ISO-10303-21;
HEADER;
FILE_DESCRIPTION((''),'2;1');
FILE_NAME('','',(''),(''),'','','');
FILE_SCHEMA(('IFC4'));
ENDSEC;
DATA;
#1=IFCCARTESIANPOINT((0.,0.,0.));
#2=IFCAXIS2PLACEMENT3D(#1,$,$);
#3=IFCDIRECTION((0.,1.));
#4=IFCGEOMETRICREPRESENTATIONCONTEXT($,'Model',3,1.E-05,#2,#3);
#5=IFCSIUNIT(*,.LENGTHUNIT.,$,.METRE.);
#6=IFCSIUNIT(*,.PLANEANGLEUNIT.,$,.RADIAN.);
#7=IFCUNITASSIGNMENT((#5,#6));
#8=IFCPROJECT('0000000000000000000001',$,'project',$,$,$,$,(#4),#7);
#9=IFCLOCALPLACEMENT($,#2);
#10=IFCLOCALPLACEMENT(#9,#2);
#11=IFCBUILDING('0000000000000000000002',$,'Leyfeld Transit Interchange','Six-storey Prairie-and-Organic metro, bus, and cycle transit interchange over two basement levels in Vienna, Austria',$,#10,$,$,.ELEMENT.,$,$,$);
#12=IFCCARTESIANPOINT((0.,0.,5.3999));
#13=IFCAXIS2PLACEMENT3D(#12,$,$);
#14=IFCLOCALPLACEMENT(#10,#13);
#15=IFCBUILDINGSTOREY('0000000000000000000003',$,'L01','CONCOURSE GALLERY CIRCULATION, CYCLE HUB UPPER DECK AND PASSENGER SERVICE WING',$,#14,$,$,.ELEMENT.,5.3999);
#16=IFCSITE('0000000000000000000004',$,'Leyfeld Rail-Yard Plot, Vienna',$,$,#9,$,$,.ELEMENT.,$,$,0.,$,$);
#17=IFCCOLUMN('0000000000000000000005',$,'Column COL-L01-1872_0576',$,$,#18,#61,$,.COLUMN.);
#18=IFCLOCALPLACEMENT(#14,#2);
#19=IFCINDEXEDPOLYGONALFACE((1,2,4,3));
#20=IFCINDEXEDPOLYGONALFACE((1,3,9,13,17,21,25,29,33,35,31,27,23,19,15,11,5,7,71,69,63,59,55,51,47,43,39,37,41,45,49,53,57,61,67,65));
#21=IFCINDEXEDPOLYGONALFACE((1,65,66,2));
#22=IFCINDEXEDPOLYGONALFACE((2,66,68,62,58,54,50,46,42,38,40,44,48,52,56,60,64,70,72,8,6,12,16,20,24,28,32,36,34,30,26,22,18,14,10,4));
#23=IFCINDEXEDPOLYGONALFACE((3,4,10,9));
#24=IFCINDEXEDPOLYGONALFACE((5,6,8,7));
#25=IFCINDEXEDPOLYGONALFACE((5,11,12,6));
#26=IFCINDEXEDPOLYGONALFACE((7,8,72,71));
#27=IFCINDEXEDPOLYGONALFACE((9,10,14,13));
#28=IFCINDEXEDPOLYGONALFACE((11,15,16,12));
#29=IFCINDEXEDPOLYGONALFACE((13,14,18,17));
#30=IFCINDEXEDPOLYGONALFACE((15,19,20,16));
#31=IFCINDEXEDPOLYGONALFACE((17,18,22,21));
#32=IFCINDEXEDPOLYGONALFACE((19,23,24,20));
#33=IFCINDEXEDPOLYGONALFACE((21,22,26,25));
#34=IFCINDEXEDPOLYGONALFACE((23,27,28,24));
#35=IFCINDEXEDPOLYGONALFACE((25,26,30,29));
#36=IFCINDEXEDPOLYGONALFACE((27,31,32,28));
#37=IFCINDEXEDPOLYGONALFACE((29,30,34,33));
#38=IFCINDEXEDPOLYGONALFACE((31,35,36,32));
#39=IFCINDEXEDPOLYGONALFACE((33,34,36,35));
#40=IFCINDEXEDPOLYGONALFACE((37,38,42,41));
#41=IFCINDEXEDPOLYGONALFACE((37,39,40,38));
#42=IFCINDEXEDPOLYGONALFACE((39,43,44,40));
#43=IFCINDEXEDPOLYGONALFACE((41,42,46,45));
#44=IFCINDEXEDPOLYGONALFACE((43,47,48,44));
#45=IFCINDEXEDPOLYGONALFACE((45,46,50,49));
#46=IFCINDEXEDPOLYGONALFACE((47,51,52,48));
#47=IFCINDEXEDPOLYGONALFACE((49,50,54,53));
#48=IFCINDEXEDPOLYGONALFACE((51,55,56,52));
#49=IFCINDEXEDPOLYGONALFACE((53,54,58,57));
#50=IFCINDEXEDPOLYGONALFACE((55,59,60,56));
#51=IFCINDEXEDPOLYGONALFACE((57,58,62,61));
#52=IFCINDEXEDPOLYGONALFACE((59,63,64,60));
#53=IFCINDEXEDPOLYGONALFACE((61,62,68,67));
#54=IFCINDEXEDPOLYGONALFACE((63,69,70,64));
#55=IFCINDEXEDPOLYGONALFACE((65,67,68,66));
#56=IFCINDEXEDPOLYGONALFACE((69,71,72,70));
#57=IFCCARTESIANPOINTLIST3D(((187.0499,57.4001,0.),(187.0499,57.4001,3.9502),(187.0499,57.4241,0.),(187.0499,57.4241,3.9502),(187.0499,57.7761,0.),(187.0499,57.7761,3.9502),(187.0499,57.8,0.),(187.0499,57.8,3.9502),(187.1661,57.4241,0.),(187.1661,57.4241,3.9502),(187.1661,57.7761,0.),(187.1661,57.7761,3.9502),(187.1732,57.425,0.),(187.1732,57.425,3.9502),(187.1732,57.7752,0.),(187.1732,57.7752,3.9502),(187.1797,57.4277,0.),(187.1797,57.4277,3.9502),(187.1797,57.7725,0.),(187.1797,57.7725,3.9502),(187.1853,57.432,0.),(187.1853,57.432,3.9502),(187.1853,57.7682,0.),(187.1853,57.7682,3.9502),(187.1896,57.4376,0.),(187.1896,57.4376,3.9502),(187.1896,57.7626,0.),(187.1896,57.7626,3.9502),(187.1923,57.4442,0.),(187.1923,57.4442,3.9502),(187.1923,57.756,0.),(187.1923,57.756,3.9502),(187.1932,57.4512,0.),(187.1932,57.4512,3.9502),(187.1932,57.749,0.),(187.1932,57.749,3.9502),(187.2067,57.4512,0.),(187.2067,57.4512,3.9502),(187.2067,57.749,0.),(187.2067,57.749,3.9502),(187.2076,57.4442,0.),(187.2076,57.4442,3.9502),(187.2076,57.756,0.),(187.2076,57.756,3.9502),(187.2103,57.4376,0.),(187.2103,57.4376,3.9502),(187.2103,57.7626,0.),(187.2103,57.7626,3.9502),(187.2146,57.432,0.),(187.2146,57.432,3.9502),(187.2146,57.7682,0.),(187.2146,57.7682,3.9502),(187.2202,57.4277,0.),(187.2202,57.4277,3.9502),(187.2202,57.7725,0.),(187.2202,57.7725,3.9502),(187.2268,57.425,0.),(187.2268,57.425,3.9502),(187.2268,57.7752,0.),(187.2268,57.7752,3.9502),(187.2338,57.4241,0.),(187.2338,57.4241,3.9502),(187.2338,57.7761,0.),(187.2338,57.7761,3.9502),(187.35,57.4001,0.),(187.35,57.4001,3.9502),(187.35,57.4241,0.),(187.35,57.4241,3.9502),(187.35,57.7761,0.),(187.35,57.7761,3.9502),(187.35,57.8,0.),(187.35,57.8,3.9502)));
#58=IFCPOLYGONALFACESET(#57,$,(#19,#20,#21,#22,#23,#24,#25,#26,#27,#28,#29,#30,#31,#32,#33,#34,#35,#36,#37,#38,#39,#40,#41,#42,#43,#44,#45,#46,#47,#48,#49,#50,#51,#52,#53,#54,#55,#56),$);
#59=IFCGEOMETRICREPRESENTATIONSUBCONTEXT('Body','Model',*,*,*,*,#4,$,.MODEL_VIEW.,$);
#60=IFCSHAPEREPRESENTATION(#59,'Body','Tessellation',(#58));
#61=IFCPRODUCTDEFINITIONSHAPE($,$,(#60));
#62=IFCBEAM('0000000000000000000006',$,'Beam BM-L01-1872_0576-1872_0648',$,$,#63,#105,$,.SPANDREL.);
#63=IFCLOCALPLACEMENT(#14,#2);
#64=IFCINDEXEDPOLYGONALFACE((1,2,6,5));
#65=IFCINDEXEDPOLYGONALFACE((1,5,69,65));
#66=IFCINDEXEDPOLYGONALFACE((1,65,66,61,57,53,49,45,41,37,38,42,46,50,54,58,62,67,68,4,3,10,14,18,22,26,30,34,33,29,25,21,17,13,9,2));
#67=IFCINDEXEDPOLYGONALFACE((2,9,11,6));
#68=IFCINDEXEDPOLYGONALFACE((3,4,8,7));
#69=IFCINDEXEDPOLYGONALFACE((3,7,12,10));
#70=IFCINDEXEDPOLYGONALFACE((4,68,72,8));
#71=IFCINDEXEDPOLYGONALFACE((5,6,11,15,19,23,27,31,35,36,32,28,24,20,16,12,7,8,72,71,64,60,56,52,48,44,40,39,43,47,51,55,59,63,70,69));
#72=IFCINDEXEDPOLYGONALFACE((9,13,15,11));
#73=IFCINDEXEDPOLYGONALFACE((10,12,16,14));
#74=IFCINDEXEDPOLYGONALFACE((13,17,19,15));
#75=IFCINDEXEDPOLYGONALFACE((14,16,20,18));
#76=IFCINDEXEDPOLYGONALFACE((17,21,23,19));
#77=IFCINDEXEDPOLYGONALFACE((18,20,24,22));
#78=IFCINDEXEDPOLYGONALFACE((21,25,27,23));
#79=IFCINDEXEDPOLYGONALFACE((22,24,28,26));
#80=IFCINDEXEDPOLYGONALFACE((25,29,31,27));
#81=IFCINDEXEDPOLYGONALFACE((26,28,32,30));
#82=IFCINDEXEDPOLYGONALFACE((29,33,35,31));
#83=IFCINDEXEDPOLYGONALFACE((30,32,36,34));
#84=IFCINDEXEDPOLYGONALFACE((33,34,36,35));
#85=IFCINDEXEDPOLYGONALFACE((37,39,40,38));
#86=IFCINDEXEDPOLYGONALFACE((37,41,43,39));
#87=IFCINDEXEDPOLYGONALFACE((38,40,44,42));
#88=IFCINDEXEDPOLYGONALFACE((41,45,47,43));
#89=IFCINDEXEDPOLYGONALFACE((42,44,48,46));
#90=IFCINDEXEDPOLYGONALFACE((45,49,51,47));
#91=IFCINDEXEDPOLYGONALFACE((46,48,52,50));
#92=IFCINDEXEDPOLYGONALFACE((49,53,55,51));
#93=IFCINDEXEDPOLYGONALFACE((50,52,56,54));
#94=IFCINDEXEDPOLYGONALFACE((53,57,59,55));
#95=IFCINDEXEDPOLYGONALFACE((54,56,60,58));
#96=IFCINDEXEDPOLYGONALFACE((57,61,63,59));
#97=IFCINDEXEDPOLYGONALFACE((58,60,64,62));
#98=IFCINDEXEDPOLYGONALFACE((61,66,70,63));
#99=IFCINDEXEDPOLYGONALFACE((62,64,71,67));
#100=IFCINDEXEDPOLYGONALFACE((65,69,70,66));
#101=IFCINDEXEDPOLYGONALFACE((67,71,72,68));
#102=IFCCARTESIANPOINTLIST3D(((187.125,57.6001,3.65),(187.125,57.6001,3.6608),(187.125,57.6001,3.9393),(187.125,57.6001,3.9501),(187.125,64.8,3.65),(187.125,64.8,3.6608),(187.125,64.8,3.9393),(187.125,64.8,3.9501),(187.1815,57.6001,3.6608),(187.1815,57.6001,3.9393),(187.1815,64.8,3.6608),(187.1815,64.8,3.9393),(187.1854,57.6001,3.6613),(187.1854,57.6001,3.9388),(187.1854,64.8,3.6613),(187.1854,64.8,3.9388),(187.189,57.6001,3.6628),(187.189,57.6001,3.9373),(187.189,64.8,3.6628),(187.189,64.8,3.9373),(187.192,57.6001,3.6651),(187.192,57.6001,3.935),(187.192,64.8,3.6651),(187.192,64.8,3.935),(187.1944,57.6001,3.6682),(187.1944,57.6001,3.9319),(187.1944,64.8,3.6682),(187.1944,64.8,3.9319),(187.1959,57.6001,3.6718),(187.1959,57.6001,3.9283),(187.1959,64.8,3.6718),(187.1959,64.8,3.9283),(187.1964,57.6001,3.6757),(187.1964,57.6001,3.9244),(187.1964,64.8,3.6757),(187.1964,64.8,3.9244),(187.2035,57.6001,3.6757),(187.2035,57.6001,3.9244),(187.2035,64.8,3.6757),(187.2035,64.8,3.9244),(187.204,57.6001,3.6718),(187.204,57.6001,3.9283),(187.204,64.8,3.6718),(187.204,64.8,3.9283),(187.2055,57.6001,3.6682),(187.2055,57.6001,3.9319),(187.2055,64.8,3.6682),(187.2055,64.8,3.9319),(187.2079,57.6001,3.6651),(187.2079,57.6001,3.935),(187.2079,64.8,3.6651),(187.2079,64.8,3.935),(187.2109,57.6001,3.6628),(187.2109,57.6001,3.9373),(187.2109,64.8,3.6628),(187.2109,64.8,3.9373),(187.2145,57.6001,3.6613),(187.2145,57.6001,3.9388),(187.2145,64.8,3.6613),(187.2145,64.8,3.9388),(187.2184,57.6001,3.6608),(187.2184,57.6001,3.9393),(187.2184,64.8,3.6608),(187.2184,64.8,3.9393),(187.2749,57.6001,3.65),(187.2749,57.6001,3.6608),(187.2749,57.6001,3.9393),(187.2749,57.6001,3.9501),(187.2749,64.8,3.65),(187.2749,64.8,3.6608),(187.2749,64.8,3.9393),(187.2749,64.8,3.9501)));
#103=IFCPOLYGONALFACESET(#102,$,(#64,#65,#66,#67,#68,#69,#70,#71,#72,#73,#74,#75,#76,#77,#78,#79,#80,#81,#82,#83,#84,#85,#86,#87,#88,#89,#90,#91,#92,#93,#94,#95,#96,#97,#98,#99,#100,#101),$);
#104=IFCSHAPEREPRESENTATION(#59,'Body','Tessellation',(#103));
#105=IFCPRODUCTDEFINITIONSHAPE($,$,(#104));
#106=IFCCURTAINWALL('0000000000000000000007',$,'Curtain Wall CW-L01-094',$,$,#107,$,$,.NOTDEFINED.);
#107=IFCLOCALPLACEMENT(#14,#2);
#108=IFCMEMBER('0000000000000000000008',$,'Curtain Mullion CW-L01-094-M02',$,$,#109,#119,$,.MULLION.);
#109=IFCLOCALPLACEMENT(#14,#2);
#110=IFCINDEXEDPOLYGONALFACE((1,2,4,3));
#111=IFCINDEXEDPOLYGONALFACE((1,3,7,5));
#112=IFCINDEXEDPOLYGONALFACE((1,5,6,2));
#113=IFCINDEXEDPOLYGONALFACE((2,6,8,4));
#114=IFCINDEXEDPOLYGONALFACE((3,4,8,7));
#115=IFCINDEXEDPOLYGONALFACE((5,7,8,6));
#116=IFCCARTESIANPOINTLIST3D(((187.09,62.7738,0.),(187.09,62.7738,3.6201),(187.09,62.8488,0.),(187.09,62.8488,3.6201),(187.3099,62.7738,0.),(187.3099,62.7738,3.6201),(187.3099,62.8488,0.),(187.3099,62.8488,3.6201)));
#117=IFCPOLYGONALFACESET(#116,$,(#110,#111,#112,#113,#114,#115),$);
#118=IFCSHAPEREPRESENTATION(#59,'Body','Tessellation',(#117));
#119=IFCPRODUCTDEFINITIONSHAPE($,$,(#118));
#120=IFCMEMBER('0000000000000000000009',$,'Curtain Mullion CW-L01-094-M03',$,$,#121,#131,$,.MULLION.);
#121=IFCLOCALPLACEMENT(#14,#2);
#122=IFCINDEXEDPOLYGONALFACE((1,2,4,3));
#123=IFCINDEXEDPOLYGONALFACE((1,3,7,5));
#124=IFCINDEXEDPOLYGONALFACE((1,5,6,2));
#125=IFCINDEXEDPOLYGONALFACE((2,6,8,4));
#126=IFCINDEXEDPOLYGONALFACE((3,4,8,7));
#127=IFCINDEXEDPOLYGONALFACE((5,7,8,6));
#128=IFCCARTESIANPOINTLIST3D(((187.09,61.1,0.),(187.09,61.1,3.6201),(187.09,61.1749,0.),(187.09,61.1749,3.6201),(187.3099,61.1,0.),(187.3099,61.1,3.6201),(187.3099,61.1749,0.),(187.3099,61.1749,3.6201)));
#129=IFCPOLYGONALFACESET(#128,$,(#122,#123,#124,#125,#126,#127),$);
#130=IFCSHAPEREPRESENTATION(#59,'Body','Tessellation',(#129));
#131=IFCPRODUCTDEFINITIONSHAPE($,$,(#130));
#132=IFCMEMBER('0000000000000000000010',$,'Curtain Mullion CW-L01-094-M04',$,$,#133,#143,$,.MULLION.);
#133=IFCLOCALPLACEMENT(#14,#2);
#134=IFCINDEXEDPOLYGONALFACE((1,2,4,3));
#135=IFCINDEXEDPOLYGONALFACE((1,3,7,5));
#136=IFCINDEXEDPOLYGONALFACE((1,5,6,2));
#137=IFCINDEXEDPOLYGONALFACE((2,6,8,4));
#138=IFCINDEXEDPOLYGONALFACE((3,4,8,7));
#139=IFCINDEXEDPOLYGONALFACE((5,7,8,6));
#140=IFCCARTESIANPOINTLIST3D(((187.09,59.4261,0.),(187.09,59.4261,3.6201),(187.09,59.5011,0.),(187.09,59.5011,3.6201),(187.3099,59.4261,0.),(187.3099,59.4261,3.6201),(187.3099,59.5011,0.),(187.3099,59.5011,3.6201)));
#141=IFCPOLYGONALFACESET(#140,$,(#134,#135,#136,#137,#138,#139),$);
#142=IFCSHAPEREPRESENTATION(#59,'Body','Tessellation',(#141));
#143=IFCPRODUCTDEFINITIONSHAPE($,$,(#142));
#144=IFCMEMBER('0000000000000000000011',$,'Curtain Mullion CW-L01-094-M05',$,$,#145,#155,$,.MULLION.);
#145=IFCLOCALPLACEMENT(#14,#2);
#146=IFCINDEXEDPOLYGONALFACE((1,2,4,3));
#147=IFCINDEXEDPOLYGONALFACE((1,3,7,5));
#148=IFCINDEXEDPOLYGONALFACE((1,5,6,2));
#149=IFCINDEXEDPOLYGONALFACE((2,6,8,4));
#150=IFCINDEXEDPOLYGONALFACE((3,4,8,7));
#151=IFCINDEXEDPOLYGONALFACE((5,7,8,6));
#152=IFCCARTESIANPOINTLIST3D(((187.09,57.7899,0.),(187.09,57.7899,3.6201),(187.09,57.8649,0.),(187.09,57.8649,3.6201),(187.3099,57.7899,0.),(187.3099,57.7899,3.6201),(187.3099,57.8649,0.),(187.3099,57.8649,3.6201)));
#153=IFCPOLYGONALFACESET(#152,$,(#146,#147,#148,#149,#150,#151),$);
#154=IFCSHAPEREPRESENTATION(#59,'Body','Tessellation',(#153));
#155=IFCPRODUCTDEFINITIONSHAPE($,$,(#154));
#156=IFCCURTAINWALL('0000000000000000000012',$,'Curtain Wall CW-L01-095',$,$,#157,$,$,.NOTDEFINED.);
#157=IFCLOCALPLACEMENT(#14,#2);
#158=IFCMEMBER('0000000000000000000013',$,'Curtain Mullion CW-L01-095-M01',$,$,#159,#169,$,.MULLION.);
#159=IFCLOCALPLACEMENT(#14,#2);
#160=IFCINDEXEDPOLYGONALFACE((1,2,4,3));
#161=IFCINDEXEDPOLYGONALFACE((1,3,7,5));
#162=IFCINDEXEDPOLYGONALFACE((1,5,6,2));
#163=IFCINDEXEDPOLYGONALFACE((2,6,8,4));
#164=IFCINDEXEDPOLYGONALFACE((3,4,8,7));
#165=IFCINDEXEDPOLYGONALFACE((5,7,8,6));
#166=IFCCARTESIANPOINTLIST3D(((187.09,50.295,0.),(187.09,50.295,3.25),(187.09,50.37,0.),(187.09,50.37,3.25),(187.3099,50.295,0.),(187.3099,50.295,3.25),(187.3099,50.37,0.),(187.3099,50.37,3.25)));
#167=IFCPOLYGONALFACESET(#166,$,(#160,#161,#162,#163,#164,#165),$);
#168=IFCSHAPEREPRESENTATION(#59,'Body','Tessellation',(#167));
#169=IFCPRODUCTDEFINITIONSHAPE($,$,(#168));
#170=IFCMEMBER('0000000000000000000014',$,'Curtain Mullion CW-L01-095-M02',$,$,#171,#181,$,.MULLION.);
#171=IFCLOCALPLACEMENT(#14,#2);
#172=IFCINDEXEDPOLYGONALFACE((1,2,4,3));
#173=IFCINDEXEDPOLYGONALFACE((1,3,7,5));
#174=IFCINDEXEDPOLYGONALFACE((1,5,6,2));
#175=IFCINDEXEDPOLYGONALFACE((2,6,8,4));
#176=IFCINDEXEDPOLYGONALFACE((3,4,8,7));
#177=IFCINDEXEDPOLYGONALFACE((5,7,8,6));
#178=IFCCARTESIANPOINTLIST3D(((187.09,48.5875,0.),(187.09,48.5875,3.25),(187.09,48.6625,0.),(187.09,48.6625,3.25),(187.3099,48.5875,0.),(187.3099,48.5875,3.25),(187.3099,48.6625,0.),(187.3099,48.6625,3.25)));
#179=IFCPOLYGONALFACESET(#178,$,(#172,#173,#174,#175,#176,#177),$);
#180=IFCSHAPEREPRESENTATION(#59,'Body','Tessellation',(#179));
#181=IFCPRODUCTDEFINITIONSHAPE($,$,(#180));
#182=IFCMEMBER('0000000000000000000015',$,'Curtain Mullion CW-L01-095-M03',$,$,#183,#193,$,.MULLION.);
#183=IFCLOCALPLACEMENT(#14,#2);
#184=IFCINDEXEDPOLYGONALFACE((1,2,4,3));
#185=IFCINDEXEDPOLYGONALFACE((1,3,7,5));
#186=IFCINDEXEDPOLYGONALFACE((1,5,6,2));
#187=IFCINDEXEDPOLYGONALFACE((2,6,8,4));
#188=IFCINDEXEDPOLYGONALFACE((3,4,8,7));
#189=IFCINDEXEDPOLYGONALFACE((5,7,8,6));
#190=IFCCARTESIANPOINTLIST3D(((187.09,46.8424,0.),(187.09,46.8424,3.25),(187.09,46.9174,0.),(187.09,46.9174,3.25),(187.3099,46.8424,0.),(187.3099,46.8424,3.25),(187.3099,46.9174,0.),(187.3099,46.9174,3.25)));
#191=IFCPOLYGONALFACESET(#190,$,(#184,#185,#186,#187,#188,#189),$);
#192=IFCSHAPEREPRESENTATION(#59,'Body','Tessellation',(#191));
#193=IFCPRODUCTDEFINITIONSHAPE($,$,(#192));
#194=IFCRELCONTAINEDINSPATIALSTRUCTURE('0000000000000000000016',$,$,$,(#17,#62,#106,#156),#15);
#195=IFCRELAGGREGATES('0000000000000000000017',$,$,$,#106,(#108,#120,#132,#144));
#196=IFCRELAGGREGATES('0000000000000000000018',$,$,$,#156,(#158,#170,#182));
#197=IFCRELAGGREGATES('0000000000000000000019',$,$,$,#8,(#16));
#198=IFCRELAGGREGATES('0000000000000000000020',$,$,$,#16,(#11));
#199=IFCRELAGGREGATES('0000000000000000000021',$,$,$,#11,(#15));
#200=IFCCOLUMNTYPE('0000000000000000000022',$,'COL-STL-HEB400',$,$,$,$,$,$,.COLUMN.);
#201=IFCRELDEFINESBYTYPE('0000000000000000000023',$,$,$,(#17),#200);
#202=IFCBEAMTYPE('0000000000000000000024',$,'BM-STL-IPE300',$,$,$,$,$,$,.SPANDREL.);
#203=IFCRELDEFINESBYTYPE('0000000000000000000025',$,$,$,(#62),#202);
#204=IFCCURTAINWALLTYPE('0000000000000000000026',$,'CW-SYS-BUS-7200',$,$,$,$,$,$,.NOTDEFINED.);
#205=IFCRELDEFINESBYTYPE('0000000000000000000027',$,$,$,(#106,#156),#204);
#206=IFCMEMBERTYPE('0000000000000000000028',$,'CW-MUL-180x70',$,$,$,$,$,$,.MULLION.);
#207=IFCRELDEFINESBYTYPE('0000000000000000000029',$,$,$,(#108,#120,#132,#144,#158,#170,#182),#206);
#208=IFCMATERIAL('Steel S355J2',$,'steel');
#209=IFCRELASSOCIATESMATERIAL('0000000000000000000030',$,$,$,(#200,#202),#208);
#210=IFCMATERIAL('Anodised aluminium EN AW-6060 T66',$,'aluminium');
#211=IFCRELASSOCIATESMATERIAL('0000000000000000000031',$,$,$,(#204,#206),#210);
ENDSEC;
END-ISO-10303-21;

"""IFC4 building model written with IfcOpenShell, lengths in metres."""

from ifc_helpers import new_model, si_unit, direction, frame, origin, origin_2d, place, context, subcontext, project, spatial, rectangle, i_section, extrude, material, material_profile, profile_set, type_object, element, aggregate, save


model = new_model("IFC4")

# Units and contexts
model_context = context("Model", 3, precision=1e-05, world=origin(), true_north=direction((0.0, 1.0)))
body_context = subcontext(model_context, "Body", "Model", "MODEL_VIEW")
ifc_project = project(units=[si_unit("LENGTHUNIT", "METRE"), si_unit("PLANEANGLEUNIT", "RADIAN")], contexts=[model_context])

# Site, building, storey
site_placement = place(None, origin())
site = spatial("IfcSite", under=ifc_project, at=site_placement, Name="Leyfeld Rail-Yard Plot, Vienna", CompositionType="ELEMENT", RefElevation=0.0)
building_placement = place(site_placement, origin())
building = spatial("IfcBuilding", under=site, at=building_placement, Name="Leyfeld Transit Interchange", Description="Six-storey Prairie-and-Organic metro, bus, and cycle transit interchange over two basement levels in Vienna, Austria", CompositionType="ELEMENT")
storey_placement = place(building_placement, frame((0.0, 0.0, 5.3999)))
storey = spatial("IfcBuildingStorey", under=building, at=storey_placement, Name="L01", Description="CONCOURSE GALLERY CIRCULATION, CYCLE HUB UPPER DECK AND PASSENGER SERVICE WING", CompositionType="ELEMENT", Elevation=5.3999)

# Column
ifc_material_1 = material(Name="Steel S355J2", Category="steel")
ifc_material_profile_1 = material_profile(ifc_material_1, i_section(OverallWidth=0.3, OverallDepth=0.3999, WebThickness=0.0134, FlangeThickness=0.0239, FilletRadius=0.0271, at=origin_2d()), Name="HEB 400")
ifc_profile_set_1 = profile_set([ifc_material_profile_1], Name="Steel S355J2")
column_type = type_object("IfcColumnType", Name="COL-STL-HEB400", PredefinedType="COLUMN", material=ifc_profile_set_1)
column_placement = place(storey_placement, frame((187.2, 57.6001, 0.0), z_axis=(0.0, 0.0, 1.0), x_axis=(1.0, 0.0, 0.0)))
element("IfcColumn", 1, at=column_placement, inside=storey, type_object=column_type, Name="Column COL-L01-1872_0576", PredefinedType="COLUMN", context=body_context, shape_type="SweptSolid", body=[
    extrude(i_section(OverallWidth=0.3, OverallDepth=0.3999, WebThickness=0.0134, FlangeThickness=0.0239, FilletRadius=0.0271, at=origin_2d()), origin(), (0.0, 0.0, 1.0), 3.9502),
])

# Beam
ifc_material_profile_2 = material_profile(ifc_material_1, i_section(OverallWidth=0.1499, OverallDepth=0.3, WebThickness=0.0071, FlangeThickness=0.0107, FilletRadius=0.0149, at=origin_2d()), Name="IPE 300")
ifc_profile_set_2 = profile_set([ifc_material_profile_2], Name="Steel S355J2")
beam_type = type_object("IfcBeamType", Name="BM-STL-IPE300", PredefinedType="SPANDREL", material=ifc_profile_set_2)
beam_placement = place(storey_placement, frame((187.2, 57.6001, 3.8), z_axis=(0.0, 1.0, 0.0), x_axis=(-1.0, 0.0, 0.0)))
element("IfcBeam", 2, at=beam_placement, inside=storey, type_object=beam_type, Name="Beam BM-L01-1872_0576-1872_0648", PredefinedType="SPANDREL", context=body_context, shape_type="SweptSolid", body=[
    extrude(i_section(OverallWidth=0.1499, OverallDepth=0.3, WebThickness=0.0071, FlangeThickness=0.0107, FilletRadius=0.0149, at=origin_2d()), origin(), (0.0, 0.0, 1.0), 7.2),
])

# Curtain walls, members
ifc_material_2 = material(Name="Anodised aluminium EN AW-6060 T66", Category="aluminium")
curtain_wall_type = type_object("IfcCurtainWallType", Name="CW-SYS-BUS-7200", PredefinedType="NOTDEFINED", material=ifc_material_2)
curtain_wall_1_placement = place(storey_placement, origin())
curtain_wall_1 = element("IfcCurtainWall", 3, at=curtain_wall_1_placement, inside=storey, type_object=curtain_wall_type, Name="Curtain Wall CW-L01-094", PredefinedType="NOTDEFINED")
ifc_material_profile_3 = material_profile(ifc_material_2, rectangle(XDim=0.075, YDim=0.22, at=origin_2d()), Name="CW-M 75x220")
ifc_profile_set_3 = profile_set([ifc_material_profile_3], Name="Anodised aluminium EN AW-6060 T66")
member_type_1 = type_object("IfcMemberType", Name="CW-MUL-180x70", PredefinedType="MULLION", material=ifc_profile_set_3)
member_1_placement = place(storey_placement, frame((187.2, 62.8113, 0.0), z_axis=(0.0, 0.0, 1.0), x_axis=(0.0, -1.0, 0.0)))
member_1 = element("IfcMember", 4, at=member_1_placement, type_object=member_type_1, Name="Curtain Mullion CW-L01-094-M02", PredefinedType="MULLION", context=body_context, shape_type="SweptSolid", body=[
    extrude(rectangle(XDim=0.075, YDim=0.22, at=origin_2d()), origin(), (0.0, 0.0, 1.0), 3.6201),
])
member_2_placement = place(storey_placement, frame((187.2, 61.1375, 0.0), z_axis=(0.0, 0.0, 1.0), x_axis=(0.0, -1.0, 0.0)))
member_2 = element("IfcMember", 5, at=member_2_placement, type_object=member_type_1, Name="Curtain Mullion CW-L01-094-M03", PredefinedType="MULLION", context=body_context, shape_type="SweptSolid", body=[
    extrude(rectangle(XDim=0.075, YDim=0.22, at=origin_2d()), origin(), (0.0, 0.0, 1.0), 3.6201),
])
member_3_placement = place(storey_placement, frame((187.2, 59.4636, 0.0), z_axis=(0.0, 0.0, 1.0), x_axis=(0.0, -1.0, 0.0)))
member_3 = element("IfcMember", 6, at=member_3_placement, type_object=member_type_1, Name="Curtain Mullion CW-L01-094-M04", PredefinedType="MULLION", context=body_context, shape_type="SweptSolid", body=[
    extrude(rectangle(XDim=0.075, YDim=0.22, at=origin_2d()), origin(), (0.0, 0.0, 1.0), 3.6201),
])
member_4_placement = place(storey_placement, frame((187.2, 57.8274, 0.0), z_axis=(0.0, 0.0, 1.0), x_axis=(0.0, -1.0, 0.0)))
member_4 = element("IfcMember", 7, at=member_4_placement, type_object=member_type_1, Name="Curtain Mullion CW-L01-094-M05", PredefinedType="MULLION", context=body_context, shape_type="SweptSolid", body=[
    extrude(rectangle(XDim=0.075, YDim=0.22, at=origin_2d()), origin(), (0.0, 0.0, 1.0), 3.6201),
])
curtain_wall_2_placement = place(storey_placement, origin())
curtain_wall_2 = element("IfcCurtainWall", 8, at=curtain_wall_2_placement, inside=storey, type_object=curtain_wall_type, Name="Curtain Wall CW-L01-095", PredefinedType="NOTDEFINED")
member_5_placement = place(storey_placement, frame((187.2, 50.3325, 0.0), z_axis=(0.0, 0.0, 1.0), x_axis=(0.0, -1.0, 0.0)))
member_5 = element("IfcMember", 9, at=member_5_placement, type_object=member_type_1, Name="Curtain Mullion CW-L01-095-M01", PredefinedType="MULLION", context=body_context, shape_type="SweptSolid", body=[
    extrude(rectangle(XDim=0.075, YDim=0.22, at=origin_2d()), origin(), (0.0, 0.0, 1.0), 3.25),
])
member_6_placement = place(storey_placement, frame((187.2, 48.625, 0.0), z_axis=(0.0, 0.0, 1.0), x_axis=(0.0, -1.0, 0.0)))
member_6 = element("IfcMember", 10, at=member_6_placement, type_object=member_type_1, Name="Curtain Mullion CW-L01-095-M02", PredefinedType="MULLION", context=body_context, shape_type="SweptSolid", body=[
    extrude(rectangle(XDim=0.075, YDim=0.22, at=origin_2d()), origin(), (0.0, 0.0, 1.0), 3.25),
])
member_7_placement = place(storey_placement, frame((187.2, 46.8799, 0.0), z_axis=(0.0, 0.0, 1.0), x_axis=(0.0, -1.0, 0.0)))
member_7 = element("IfcMember", 11, at=member_7_placement, type_object=member_type_1, Name="Curtain Mullion CW-L01-095-M03", PredefinedType="MULLION", context=body_context, shape_type="SweptSolid", body=[
    extrude(rectangle(XDim=0.075, YDim=0.22, at=origin_2d()), origin(), (0.0, 0.0, 1.0), 3.25),
])

aggregate(curtain_wall_1, [member_1, member_2, member_3, member_4])
aggregate(curtain_wall_2, [member_5, member_6, member_7])

save(model, "model.ifc")
